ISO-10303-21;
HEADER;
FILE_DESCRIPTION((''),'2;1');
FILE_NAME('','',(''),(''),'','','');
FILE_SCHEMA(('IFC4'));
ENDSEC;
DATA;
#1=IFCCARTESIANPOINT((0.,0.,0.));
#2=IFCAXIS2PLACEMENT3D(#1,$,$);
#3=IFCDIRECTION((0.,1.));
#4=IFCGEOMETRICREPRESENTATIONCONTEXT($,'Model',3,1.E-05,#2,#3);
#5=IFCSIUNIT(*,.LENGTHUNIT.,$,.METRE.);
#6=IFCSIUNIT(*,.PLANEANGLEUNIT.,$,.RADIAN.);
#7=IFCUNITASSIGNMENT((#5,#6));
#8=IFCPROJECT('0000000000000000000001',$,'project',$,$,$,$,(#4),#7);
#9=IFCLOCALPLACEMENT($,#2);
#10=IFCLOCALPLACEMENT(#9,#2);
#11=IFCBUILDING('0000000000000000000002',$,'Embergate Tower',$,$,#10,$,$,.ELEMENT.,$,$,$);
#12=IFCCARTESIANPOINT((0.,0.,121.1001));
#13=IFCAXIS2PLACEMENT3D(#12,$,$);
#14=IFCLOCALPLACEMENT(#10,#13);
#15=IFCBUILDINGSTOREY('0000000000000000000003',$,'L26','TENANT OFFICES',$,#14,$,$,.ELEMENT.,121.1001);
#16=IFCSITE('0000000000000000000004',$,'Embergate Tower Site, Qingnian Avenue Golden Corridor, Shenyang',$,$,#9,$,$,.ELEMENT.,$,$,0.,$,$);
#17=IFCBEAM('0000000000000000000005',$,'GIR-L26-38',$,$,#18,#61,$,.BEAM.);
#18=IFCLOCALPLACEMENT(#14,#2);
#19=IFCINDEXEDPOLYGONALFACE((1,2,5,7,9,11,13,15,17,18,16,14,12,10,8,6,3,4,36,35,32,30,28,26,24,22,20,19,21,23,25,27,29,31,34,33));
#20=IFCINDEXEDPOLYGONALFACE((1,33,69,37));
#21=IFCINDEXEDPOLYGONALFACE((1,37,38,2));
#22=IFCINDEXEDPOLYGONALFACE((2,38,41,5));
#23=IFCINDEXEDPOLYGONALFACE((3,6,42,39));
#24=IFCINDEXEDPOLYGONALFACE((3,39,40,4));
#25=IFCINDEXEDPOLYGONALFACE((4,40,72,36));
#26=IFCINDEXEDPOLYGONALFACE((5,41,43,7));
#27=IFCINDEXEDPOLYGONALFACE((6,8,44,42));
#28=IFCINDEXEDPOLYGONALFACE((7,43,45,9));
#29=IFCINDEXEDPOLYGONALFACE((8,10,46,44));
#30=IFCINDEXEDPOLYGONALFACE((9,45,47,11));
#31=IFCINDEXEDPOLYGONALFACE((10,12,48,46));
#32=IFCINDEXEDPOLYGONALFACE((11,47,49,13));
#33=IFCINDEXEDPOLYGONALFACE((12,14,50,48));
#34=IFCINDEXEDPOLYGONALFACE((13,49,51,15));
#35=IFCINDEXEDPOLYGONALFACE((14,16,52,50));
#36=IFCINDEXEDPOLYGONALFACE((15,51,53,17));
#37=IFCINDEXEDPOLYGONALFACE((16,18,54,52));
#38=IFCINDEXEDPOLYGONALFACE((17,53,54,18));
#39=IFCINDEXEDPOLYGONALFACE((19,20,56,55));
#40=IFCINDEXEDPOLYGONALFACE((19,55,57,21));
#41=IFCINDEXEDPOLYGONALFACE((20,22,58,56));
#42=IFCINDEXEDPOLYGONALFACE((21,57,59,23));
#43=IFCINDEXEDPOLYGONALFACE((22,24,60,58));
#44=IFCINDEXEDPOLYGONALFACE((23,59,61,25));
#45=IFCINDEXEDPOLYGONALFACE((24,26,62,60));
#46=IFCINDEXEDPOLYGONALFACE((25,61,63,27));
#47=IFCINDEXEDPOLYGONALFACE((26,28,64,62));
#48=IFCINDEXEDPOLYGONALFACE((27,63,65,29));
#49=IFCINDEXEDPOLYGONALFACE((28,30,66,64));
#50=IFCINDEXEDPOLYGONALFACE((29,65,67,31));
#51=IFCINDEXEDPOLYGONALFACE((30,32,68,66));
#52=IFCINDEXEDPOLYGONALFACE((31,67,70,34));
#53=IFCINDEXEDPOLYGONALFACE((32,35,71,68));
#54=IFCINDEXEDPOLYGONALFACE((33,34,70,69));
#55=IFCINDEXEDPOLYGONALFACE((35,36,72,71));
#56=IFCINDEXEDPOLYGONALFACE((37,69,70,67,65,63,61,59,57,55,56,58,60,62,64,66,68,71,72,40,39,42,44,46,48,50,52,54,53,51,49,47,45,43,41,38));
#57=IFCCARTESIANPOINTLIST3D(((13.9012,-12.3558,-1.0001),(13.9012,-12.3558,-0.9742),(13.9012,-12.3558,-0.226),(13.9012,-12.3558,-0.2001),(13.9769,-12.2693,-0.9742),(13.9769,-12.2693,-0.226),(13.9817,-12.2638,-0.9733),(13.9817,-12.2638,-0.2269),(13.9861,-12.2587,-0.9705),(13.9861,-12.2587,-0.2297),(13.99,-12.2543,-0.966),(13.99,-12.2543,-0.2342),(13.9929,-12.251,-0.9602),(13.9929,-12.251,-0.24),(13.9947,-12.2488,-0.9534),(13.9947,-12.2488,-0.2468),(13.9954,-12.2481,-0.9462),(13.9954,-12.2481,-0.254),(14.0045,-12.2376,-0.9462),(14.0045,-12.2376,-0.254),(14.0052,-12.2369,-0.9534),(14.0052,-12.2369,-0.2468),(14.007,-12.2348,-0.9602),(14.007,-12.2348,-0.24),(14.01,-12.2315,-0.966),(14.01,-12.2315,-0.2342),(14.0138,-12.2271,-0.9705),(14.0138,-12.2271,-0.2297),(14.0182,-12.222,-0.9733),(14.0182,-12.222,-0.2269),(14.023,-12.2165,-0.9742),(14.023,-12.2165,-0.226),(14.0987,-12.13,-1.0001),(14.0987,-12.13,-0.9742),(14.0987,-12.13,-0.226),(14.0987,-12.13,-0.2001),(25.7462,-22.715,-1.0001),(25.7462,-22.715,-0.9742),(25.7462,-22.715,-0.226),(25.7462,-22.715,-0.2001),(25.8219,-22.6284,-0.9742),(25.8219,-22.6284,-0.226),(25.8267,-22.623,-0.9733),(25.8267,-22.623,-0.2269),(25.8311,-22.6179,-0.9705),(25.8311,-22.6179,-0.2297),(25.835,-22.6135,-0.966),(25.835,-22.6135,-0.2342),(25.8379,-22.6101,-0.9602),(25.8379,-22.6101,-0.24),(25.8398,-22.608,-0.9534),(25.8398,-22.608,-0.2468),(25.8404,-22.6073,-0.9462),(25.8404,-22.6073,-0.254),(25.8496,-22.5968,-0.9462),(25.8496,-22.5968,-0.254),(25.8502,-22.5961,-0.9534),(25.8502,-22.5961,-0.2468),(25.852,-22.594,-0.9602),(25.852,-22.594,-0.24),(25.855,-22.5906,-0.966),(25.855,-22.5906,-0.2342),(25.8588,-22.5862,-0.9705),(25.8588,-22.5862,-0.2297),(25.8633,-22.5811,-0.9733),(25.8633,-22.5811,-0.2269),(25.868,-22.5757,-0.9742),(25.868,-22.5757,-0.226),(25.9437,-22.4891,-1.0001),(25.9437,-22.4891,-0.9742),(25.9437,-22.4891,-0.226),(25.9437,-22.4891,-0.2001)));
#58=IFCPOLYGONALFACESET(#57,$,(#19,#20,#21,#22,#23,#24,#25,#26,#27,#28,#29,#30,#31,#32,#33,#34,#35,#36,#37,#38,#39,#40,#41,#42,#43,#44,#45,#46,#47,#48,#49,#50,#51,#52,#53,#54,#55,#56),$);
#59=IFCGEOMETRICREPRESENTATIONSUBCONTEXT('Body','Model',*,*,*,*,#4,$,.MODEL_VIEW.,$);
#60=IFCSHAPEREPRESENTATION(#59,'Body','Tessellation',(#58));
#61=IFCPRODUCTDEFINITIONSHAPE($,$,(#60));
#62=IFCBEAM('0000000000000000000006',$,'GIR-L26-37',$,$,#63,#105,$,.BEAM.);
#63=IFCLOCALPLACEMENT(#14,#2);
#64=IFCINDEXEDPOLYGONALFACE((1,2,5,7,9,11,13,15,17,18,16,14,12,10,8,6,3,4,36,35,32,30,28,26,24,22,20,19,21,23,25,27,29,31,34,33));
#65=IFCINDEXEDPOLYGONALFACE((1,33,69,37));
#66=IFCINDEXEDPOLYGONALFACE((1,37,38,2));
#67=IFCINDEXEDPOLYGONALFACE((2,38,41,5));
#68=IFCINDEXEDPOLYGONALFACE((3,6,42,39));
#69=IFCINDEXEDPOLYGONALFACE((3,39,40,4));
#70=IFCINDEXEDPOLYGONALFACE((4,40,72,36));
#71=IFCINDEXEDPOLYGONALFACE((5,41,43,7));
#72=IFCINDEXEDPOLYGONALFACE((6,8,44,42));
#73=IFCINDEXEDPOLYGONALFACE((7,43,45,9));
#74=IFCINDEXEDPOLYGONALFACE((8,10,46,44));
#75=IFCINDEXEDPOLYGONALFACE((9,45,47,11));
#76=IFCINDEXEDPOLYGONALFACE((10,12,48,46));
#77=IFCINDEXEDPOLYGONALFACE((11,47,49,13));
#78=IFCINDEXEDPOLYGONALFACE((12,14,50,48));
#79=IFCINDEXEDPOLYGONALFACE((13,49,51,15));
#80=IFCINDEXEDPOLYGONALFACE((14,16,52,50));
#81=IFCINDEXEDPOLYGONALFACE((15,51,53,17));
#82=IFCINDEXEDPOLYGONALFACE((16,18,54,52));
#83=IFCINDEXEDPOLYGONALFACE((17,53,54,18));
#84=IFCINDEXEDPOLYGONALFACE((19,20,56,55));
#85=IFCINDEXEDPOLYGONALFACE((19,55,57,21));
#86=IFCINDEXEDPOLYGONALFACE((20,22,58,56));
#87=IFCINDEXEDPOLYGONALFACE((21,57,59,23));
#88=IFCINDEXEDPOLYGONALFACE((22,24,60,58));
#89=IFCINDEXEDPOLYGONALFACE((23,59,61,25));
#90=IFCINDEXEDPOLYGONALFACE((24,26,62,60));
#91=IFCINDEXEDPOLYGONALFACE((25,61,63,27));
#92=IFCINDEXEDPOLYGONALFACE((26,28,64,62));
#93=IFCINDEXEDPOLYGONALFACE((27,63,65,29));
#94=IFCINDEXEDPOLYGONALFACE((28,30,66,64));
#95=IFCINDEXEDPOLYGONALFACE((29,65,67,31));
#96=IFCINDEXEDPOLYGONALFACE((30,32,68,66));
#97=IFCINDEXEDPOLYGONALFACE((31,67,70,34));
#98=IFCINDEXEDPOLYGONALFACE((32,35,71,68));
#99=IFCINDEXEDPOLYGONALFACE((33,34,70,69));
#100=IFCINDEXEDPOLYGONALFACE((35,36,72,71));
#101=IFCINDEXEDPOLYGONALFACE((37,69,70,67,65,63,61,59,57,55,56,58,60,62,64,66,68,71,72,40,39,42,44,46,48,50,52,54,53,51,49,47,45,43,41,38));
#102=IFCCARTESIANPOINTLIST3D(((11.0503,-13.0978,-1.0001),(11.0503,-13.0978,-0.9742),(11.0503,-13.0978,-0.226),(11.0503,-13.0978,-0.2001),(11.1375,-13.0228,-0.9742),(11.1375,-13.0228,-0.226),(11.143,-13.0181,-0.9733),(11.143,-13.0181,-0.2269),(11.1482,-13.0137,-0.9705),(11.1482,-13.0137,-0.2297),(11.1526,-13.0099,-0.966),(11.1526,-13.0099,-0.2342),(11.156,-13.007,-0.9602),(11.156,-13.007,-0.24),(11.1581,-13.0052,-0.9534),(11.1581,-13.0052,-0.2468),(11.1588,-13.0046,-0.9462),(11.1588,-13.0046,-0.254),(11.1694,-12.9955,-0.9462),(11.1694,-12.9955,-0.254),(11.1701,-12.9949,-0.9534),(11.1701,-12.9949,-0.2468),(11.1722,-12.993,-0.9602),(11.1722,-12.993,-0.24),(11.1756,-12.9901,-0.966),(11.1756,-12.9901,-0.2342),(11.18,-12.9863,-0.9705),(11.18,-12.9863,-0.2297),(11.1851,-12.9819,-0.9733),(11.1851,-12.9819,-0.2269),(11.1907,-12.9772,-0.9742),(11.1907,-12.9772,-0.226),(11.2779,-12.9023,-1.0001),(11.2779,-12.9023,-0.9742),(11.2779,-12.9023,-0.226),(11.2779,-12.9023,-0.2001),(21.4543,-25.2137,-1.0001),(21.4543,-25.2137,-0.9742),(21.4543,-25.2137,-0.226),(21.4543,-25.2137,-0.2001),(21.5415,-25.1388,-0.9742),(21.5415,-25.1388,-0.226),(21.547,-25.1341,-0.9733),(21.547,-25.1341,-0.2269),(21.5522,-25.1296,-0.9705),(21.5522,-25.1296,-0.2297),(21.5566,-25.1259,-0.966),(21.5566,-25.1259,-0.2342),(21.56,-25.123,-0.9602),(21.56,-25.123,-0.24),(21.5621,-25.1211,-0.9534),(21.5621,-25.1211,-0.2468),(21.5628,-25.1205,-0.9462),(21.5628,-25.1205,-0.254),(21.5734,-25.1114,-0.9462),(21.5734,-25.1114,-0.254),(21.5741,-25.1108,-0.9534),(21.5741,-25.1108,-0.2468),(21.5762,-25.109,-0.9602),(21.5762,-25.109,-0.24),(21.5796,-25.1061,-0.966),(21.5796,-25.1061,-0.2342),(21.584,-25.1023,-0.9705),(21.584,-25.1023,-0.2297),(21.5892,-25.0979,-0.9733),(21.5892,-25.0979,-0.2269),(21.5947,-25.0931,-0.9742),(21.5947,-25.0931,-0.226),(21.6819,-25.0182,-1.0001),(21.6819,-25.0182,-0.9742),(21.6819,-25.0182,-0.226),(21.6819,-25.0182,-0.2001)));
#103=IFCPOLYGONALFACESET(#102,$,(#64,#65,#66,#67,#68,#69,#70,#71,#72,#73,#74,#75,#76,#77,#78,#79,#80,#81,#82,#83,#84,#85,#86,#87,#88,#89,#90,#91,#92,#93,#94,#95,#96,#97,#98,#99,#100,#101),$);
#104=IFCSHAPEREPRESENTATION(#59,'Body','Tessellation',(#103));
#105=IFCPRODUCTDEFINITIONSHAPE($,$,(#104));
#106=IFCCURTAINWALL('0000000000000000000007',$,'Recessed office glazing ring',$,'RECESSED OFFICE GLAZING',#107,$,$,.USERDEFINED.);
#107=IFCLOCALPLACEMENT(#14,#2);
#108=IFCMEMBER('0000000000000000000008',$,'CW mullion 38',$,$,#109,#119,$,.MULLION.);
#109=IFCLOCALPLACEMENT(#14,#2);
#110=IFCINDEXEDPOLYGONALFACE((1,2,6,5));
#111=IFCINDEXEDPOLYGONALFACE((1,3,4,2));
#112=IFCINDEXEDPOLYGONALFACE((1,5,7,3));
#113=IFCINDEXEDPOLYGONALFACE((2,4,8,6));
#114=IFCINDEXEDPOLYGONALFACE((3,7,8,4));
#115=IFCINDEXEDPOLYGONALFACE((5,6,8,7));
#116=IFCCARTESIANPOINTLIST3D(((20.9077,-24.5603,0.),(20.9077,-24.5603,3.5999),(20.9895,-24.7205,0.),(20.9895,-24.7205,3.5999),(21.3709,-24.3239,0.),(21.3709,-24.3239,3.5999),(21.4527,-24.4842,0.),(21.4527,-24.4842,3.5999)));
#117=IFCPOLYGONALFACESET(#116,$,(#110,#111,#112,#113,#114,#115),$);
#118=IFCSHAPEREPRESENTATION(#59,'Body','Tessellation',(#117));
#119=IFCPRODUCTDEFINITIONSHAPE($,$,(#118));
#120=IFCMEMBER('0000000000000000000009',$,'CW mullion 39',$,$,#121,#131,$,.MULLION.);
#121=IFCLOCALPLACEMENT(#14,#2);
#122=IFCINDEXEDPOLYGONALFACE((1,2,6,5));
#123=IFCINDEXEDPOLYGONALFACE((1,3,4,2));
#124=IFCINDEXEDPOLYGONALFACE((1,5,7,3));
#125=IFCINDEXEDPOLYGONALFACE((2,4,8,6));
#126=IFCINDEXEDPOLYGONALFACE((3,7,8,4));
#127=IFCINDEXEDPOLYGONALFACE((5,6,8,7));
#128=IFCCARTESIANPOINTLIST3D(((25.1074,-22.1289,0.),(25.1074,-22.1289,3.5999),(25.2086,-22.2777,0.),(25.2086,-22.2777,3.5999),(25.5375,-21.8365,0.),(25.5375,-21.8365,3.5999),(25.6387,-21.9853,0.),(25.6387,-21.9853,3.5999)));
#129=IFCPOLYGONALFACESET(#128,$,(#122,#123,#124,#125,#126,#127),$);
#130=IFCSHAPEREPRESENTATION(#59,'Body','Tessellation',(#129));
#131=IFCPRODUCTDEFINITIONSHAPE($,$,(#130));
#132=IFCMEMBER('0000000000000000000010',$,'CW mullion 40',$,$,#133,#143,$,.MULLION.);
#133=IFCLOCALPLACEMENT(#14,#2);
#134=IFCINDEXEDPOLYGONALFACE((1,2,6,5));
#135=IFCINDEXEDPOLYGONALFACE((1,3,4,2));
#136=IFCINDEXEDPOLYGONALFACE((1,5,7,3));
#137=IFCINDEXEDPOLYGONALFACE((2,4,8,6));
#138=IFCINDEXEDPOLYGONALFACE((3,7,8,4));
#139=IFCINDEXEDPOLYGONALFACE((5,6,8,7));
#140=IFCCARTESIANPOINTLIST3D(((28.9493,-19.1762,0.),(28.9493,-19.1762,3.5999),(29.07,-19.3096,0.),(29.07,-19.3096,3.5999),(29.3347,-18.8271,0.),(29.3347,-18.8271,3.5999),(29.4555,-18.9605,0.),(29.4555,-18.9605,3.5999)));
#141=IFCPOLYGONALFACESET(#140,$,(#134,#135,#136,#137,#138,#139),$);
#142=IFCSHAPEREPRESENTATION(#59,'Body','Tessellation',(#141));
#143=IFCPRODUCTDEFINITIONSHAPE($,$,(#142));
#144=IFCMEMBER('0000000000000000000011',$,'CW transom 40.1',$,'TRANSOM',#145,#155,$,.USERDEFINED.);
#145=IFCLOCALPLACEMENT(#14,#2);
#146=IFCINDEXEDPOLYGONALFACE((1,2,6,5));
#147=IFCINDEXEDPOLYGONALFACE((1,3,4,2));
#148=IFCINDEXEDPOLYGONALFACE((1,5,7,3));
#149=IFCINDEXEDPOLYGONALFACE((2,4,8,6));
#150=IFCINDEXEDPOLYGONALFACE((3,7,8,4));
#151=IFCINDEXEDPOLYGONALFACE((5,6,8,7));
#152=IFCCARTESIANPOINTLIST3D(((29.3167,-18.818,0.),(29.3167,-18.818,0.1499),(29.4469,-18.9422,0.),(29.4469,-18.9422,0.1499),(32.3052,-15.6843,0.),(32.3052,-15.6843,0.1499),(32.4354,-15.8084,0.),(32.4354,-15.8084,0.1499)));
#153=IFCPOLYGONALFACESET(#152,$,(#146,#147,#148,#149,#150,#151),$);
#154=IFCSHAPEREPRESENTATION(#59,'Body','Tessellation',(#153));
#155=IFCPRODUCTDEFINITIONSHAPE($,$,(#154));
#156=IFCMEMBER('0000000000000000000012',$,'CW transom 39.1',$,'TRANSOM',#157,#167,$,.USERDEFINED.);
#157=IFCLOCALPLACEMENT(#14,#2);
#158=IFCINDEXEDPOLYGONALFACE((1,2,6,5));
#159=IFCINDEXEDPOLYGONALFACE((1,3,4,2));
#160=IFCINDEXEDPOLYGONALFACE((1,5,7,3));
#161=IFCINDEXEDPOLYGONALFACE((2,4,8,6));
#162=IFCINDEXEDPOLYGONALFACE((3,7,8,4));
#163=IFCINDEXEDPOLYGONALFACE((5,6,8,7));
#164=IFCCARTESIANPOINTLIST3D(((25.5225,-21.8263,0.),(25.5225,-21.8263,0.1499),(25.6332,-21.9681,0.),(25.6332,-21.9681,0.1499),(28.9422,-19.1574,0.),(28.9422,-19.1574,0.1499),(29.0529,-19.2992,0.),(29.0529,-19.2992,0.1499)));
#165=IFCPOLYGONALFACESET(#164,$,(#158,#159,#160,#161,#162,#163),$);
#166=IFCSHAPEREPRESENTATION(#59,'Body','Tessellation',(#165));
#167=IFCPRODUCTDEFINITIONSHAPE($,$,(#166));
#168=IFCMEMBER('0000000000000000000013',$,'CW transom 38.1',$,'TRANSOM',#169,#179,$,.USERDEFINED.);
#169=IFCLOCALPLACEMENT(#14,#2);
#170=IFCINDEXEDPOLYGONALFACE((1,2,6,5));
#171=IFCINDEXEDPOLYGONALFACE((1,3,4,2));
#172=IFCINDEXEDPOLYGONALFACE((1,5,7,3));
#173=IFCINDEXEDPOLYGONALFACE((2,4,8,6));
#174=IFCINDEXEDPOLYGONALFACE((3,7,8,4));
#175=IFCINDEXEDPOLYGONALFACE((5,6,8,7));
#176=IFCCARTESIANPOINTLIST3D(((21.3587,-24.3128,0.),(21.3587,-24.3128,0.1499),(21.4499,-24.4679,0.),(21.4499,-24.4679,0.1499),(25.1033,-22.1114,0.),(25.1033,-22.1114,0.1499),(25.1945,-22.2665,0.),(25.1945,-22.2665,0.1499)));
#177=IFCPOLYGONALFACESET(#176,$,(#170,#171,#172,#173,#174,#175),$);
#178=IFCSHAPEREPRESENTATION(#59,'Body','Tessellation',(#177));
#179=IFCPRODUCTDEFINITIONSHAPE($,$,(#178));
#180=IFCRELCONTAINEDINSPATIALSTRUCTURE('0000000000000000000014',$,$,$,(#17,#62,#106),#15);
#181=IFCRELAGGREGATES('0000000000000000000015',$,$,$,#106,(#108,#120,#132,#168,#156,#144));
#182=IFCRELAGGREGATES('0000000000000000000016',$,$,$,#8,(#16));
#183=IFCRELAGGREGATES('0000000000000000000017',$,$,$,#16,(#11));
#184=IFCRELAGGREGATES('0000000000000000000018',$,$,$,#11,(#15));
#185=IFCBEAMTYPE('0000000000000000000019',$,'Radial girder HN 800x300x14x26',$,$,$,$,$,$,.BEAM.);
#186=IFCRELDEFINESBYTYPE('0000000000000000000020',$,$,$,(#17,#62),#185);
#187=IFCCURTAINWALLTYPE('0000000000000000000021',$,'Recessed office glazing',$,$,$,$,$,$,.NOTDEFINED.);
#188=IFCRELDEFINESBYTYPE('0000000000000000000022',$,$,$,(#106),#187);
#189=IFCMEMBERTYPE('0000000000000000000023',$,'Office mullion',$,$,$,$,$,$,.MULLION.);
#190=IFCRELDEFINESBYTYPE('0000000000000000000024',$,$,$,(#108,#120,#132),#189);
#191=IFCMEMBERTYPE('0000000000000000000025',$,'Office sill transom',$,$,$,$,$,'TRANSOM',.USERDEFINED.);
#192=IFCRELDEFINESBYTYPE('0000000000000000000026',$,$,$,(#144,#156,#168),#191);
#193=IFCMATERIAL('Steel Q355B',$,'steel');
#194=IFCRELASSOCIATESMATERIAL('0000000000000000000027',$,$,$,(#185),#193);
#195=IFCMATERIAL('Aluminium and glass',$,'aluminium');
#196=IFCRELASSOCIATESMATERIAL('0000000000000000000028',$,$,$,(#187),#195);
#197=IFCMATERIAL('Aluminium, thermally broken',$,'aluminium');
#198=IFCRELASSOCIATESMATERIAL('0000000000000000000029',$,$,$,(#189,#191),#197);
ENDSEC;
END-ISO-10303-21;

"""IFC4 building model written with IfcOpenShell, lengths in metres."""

from ifc_helpers import new_model, si_unit, direction, frame, origin, origin_2d, place, context, subcontext, project, spatial, rectangle, i_section, extrude, source, transform, mapped, material, material_profile, profile_set, type_object, element, aggregate, save


model = new_model("IFC4")

# Units and contexts
model_context = context("Model", 3, precision=1e-05, world=origin(), true_north=direction((0.0, 1.0)))
body_context = subcontext(model_context, "Body", "Model", "MODEL_VIEW")
ifc_project = project(units=[si_unit("LENGTHUNIT", "METRE"), si_unit("PLANEANGLEUNIT", "RADIAN")], contexts=[model_context])

# Site, building, storey
site_placement = place(None, origin())
site = spatial("IfcSite", under=ifc_project, at=site_placement, Name="Embergate Tower Site, Qingnian Avenue Golden Corridor, Shenyang", CompositionType="ELEMENT", RefElevation=0.0)
building_placement = place(site_placement, origin())
building = spatial("IfcBuilding", under=site, at=building_placement, Name="Embergate Tower", CompositionType="ELEMENT")
storey_placement = place(building_placement, frame((0.0, 0.0, 121.1001)))
storey = spatial("IfcBuildingStorey", under=building, at=storey_placement, Name="L26", Description="TENANT OFFICES", CompositionType="ELEMENT", Elevation=121.1001)

# Beams
ifc_material_1 = material(Name="Steel Q355B", Category="steel")
ifc_material_profile_1 = material_profile(ifc_material_1, i_section(OverallWidth=0.3, OverallDepth=0.8, WebThickness=0.0139, FlangeThickness=0.0259, FilletRadius=0.0281, at=origin_2d()), Name="HN 800x300x14x26")
ifc_profile_set_1 = profile_set([ifc_material_profile_1], Name="Steel Q355 grade B")
beam_type_1 = type_object("IfcBeamType", Name="Radial girder HN 800x300x14x26", PredefinedType="BEAM", material=ifc_profile_set_1)
shared_shape_1 = source(origin(), body_context, "Body", "SweptSolid", [
    extrude(i_section(OverallWidth=0.3, OverallDepth=0.8, WebThickness=0.0139, FlangeThickness=0.0259, FilletRadius=0.0281, at=origin_2d()), origin(), (0.0, 0.0, 1.0), 15.7358),
])
beam_1_placement = place(storey_placement, frame((25.845, -22.6021, -0.6001), z_axis=(-0.752741, 0.658317, 0.0), x_axis=(-0.658317, -0.752741, 0.0)))
element("IfcBeam", 1, at=beam_1_placement, inside=storey, type_object=beam_type_1, Name="GIR-L26-38", PredefinedType="BEAM", context=body_context, shape_type="MappedRepresentation", body=[
    mapped(shared_shape_1, transform((0.0, 0.0, 0.0))),
])
shared_shape_2 = source(origin(), body_context, "Body", "SweptSolid", [
    extrude(i_section(OverallWidth=0.3, OverallDepth=0.8, WebThickness=0.0139, FlangeThickness=0.0259, FilletRadius=0.0281, at=origin_2d()), origin(), (0.0, 0.0, 1.0), 15.97),
])
beam_2_placement = place(storey_placement, frame((21.5681, -25.116, -0.6001), z_axis=(-0.651475, 0.75867, 0.0), x_axis=(-0.75867, -0.651475, 0.0)))
element("IfcBeam", 2, at=beam_2_placement, inside=storey, type_object=beam_type_1, Name="GIR-L26-37", PredefinedType="BEAM", context=body_context, shape_type="MappedRepresentation", body=[
    mapped(shared_shape_2, transform((0.0, 0.0, 0.0))),
])

# Curtain wall, members
ifc_material_2 = material(Name="Aluminium and glass", Category="aluminium")
curtain_wall_type = type_object("IfcCurtainWallType", Name="Recessed office glazing", PredefinedType="NOTDEFINED", material=ifc_material_2)
curtain_wall_placement = place(storey_placement, origin())
curtain_wall = element("IfcCurtainWall", 3, at=curtain_wall_placement, inside=storey, type_object=curtain_wall_type, Name="Recessed office glazing ring", ObjectType="RECESSED OFFICE GLAZING", PredefinedType="USERDEFINED")
ifc_material_3 = material(Name="Aluminium, thermally broken", Category="aluminium")
ifc_material_profile_2 = material_profile(ifc_material_3, rectangle(XDim=0.1799, YDim=0.52, at=origin_2d()), Name="AL 520x180")
ifc_profile_set_2 = profile_set([ifc_material_profile_2], Name="Aluminium, thermally broken")
member_type_1 = type_object("IfcMemberType", Name="Office mullion", PredefinedType="MULLION", material=ifc_profile_set_2)
shared_shape_3 = source(origin(), body_context, "Body", "SweptSolid", [
    extrude(rectangle(XDim=0.1799, YDim=0.52, at=origin_2d()), origin(), (0.0, 0.0, 1.0), 3.5999),
])
member_1_placement = place(storey_placement, frame((21.1802, -24.5222, 0.0), z_axis=(0.0, 0.0, 1.0), x_axis=(-0.454511, 0.890741, 0.0)))
member_1 = element("IfcMember", 4, at=member_1_placement, type_object=member_type_1, Name="CW mullion 38", PredefinedType="MULLION", context=body_context, shape_type="MappedRepresentation", body=[
    mapped(shared_shape_3, transform((0.0, 0.0, 0.0))),
])
member_2_placement = place(storey_placement, frame((25.373, -22.0571, 0.0), z_axis=(0.0, 0.0, 1.0), x_axis=(-0.562218, 0.826989, 0.0)))
member_2 = element("IfcMember", 5, at=member_2_placement, type_object=member_type_1, Name="CW mullion 39", PredefinedType="MULLION", context=body_context, shape_type="MappedRepresentation", body=[
    mapped(shared_shape_3, transform((0.0, 0.0, 0.0))),
])
member_3_placement = place(storey_placement, frame((29.2024, -19.0684, 0.0), z_axis=(0.0, 0.0, 1.0), x_axis=(-0.671228, 0.741251, 0.0)))
member_3 = element("IfcMember", 6, at=member_3_placement, type_object=member_type_1, Name="CW mullion 40", PredefinedType="MULLION", context=body_context, shape_type="MappedRepresentation", body=[
    mapped(shared_shape_3, transform((0.0, 0.0, 0.0))),
])
ifc_material_profile_3 = material_profile(ifc_material_3, rectangle(XDim=0.1799, YDim=0.1499, at=origin_2d()), Name="AL 150x180")
ifc_profile_set_3 = profile_set([ifc_material_profile_3], Name="Aluminium, thermally broken")
member_type_2 = type_object("IfcMemberType", Name="Office sill transom", ElementType="TRANSOM", PredefinedType="USERDEFINED", material=ifc_profile_set_3)
shared_shape_4 = source(origin(), body_context, "Body", "SweptSolid", [
    extrude(rectangle(XDim=0.1799, YDim=0.1499, at=origin_2d()), origin(), (0.0, 0.0, 1.0), 4.3303),
])
member_4_placement = place(storey_placement, frame((29.3818, -18.8801, 0.075), z_axis=(0.690135, 0.723681, 0.0), x_axis=(-0.723681, 0.690135, 0.0)))
member_4 = element("IfcMember", 7, at=member_4_placement, type_object=member_type_2, Name="CW transom 40.1", ObjectType="TRANSOM", PredefinedType="USERDEFINED", context=body_context, shape_type="MappedRepresentation", body=[
    mapped(shared_shape_4, transform((0.0, 0.0, 0.0))),
])
shared_shape_5 = source(origin(), body_context, "Body", "SweptSolid", [
    extrude(rectangle(XDim=0.1799, YDim=0.1499, at=origin_2d()), origin(), (0.0, 0.0, 1.0), 4.3379),
])
member_5_placement = place(storey_placement, frame((25.5779, -21.8972, 0.075), z_axis=(0.788324, 0.615261, 0.0), x_axis=(-0.615261, 0.788324, 0.0)))
member_5 = element("IfcMember", 8, at=member_5_placement, type_object=member_type_2, Name="CW transom 39.1", ObjectType="TRANSOM", PredefinedType="USERDEFINED", context=body_context, shape_type="MappedRepresentation", body=[
    mapped(shared_shape_5, transform((0.0, 0.0, 0.0))),
])
shared_shape_6 = source(origin(), body_context, "Body", "SweptSolid", [
    extrude(rectangle(XDim=0.1799, YDim=0.1499, at=origin_2d()), origin(), (0.0, 0.0, 1.0), 4.3438),
])
member_6_placement = place(storey_placement, frame((21.4043, -24.3904, 0.075), z_axis=(0.862066, 0.506797, 0.0), x_axis=(-0.506797, 0.862066, 0.0)))
member_6 = element("IfcMember", 9, at=member_6_placement, type_object=member_type_2, Name="CW transom 38.1", ObjectType="TRANSOM", PredefinedType="USERDEFINED", context=body_context, shape_type="MappedRepresentation", body=[
    mapped(shared_shape_6, transform((0.0, 0.0, 0.0))),
])
aggregate(curtain_wall, [member_1, member_2, member_3, member_6, member_5, member_4])

save(model, "model.ifc")
